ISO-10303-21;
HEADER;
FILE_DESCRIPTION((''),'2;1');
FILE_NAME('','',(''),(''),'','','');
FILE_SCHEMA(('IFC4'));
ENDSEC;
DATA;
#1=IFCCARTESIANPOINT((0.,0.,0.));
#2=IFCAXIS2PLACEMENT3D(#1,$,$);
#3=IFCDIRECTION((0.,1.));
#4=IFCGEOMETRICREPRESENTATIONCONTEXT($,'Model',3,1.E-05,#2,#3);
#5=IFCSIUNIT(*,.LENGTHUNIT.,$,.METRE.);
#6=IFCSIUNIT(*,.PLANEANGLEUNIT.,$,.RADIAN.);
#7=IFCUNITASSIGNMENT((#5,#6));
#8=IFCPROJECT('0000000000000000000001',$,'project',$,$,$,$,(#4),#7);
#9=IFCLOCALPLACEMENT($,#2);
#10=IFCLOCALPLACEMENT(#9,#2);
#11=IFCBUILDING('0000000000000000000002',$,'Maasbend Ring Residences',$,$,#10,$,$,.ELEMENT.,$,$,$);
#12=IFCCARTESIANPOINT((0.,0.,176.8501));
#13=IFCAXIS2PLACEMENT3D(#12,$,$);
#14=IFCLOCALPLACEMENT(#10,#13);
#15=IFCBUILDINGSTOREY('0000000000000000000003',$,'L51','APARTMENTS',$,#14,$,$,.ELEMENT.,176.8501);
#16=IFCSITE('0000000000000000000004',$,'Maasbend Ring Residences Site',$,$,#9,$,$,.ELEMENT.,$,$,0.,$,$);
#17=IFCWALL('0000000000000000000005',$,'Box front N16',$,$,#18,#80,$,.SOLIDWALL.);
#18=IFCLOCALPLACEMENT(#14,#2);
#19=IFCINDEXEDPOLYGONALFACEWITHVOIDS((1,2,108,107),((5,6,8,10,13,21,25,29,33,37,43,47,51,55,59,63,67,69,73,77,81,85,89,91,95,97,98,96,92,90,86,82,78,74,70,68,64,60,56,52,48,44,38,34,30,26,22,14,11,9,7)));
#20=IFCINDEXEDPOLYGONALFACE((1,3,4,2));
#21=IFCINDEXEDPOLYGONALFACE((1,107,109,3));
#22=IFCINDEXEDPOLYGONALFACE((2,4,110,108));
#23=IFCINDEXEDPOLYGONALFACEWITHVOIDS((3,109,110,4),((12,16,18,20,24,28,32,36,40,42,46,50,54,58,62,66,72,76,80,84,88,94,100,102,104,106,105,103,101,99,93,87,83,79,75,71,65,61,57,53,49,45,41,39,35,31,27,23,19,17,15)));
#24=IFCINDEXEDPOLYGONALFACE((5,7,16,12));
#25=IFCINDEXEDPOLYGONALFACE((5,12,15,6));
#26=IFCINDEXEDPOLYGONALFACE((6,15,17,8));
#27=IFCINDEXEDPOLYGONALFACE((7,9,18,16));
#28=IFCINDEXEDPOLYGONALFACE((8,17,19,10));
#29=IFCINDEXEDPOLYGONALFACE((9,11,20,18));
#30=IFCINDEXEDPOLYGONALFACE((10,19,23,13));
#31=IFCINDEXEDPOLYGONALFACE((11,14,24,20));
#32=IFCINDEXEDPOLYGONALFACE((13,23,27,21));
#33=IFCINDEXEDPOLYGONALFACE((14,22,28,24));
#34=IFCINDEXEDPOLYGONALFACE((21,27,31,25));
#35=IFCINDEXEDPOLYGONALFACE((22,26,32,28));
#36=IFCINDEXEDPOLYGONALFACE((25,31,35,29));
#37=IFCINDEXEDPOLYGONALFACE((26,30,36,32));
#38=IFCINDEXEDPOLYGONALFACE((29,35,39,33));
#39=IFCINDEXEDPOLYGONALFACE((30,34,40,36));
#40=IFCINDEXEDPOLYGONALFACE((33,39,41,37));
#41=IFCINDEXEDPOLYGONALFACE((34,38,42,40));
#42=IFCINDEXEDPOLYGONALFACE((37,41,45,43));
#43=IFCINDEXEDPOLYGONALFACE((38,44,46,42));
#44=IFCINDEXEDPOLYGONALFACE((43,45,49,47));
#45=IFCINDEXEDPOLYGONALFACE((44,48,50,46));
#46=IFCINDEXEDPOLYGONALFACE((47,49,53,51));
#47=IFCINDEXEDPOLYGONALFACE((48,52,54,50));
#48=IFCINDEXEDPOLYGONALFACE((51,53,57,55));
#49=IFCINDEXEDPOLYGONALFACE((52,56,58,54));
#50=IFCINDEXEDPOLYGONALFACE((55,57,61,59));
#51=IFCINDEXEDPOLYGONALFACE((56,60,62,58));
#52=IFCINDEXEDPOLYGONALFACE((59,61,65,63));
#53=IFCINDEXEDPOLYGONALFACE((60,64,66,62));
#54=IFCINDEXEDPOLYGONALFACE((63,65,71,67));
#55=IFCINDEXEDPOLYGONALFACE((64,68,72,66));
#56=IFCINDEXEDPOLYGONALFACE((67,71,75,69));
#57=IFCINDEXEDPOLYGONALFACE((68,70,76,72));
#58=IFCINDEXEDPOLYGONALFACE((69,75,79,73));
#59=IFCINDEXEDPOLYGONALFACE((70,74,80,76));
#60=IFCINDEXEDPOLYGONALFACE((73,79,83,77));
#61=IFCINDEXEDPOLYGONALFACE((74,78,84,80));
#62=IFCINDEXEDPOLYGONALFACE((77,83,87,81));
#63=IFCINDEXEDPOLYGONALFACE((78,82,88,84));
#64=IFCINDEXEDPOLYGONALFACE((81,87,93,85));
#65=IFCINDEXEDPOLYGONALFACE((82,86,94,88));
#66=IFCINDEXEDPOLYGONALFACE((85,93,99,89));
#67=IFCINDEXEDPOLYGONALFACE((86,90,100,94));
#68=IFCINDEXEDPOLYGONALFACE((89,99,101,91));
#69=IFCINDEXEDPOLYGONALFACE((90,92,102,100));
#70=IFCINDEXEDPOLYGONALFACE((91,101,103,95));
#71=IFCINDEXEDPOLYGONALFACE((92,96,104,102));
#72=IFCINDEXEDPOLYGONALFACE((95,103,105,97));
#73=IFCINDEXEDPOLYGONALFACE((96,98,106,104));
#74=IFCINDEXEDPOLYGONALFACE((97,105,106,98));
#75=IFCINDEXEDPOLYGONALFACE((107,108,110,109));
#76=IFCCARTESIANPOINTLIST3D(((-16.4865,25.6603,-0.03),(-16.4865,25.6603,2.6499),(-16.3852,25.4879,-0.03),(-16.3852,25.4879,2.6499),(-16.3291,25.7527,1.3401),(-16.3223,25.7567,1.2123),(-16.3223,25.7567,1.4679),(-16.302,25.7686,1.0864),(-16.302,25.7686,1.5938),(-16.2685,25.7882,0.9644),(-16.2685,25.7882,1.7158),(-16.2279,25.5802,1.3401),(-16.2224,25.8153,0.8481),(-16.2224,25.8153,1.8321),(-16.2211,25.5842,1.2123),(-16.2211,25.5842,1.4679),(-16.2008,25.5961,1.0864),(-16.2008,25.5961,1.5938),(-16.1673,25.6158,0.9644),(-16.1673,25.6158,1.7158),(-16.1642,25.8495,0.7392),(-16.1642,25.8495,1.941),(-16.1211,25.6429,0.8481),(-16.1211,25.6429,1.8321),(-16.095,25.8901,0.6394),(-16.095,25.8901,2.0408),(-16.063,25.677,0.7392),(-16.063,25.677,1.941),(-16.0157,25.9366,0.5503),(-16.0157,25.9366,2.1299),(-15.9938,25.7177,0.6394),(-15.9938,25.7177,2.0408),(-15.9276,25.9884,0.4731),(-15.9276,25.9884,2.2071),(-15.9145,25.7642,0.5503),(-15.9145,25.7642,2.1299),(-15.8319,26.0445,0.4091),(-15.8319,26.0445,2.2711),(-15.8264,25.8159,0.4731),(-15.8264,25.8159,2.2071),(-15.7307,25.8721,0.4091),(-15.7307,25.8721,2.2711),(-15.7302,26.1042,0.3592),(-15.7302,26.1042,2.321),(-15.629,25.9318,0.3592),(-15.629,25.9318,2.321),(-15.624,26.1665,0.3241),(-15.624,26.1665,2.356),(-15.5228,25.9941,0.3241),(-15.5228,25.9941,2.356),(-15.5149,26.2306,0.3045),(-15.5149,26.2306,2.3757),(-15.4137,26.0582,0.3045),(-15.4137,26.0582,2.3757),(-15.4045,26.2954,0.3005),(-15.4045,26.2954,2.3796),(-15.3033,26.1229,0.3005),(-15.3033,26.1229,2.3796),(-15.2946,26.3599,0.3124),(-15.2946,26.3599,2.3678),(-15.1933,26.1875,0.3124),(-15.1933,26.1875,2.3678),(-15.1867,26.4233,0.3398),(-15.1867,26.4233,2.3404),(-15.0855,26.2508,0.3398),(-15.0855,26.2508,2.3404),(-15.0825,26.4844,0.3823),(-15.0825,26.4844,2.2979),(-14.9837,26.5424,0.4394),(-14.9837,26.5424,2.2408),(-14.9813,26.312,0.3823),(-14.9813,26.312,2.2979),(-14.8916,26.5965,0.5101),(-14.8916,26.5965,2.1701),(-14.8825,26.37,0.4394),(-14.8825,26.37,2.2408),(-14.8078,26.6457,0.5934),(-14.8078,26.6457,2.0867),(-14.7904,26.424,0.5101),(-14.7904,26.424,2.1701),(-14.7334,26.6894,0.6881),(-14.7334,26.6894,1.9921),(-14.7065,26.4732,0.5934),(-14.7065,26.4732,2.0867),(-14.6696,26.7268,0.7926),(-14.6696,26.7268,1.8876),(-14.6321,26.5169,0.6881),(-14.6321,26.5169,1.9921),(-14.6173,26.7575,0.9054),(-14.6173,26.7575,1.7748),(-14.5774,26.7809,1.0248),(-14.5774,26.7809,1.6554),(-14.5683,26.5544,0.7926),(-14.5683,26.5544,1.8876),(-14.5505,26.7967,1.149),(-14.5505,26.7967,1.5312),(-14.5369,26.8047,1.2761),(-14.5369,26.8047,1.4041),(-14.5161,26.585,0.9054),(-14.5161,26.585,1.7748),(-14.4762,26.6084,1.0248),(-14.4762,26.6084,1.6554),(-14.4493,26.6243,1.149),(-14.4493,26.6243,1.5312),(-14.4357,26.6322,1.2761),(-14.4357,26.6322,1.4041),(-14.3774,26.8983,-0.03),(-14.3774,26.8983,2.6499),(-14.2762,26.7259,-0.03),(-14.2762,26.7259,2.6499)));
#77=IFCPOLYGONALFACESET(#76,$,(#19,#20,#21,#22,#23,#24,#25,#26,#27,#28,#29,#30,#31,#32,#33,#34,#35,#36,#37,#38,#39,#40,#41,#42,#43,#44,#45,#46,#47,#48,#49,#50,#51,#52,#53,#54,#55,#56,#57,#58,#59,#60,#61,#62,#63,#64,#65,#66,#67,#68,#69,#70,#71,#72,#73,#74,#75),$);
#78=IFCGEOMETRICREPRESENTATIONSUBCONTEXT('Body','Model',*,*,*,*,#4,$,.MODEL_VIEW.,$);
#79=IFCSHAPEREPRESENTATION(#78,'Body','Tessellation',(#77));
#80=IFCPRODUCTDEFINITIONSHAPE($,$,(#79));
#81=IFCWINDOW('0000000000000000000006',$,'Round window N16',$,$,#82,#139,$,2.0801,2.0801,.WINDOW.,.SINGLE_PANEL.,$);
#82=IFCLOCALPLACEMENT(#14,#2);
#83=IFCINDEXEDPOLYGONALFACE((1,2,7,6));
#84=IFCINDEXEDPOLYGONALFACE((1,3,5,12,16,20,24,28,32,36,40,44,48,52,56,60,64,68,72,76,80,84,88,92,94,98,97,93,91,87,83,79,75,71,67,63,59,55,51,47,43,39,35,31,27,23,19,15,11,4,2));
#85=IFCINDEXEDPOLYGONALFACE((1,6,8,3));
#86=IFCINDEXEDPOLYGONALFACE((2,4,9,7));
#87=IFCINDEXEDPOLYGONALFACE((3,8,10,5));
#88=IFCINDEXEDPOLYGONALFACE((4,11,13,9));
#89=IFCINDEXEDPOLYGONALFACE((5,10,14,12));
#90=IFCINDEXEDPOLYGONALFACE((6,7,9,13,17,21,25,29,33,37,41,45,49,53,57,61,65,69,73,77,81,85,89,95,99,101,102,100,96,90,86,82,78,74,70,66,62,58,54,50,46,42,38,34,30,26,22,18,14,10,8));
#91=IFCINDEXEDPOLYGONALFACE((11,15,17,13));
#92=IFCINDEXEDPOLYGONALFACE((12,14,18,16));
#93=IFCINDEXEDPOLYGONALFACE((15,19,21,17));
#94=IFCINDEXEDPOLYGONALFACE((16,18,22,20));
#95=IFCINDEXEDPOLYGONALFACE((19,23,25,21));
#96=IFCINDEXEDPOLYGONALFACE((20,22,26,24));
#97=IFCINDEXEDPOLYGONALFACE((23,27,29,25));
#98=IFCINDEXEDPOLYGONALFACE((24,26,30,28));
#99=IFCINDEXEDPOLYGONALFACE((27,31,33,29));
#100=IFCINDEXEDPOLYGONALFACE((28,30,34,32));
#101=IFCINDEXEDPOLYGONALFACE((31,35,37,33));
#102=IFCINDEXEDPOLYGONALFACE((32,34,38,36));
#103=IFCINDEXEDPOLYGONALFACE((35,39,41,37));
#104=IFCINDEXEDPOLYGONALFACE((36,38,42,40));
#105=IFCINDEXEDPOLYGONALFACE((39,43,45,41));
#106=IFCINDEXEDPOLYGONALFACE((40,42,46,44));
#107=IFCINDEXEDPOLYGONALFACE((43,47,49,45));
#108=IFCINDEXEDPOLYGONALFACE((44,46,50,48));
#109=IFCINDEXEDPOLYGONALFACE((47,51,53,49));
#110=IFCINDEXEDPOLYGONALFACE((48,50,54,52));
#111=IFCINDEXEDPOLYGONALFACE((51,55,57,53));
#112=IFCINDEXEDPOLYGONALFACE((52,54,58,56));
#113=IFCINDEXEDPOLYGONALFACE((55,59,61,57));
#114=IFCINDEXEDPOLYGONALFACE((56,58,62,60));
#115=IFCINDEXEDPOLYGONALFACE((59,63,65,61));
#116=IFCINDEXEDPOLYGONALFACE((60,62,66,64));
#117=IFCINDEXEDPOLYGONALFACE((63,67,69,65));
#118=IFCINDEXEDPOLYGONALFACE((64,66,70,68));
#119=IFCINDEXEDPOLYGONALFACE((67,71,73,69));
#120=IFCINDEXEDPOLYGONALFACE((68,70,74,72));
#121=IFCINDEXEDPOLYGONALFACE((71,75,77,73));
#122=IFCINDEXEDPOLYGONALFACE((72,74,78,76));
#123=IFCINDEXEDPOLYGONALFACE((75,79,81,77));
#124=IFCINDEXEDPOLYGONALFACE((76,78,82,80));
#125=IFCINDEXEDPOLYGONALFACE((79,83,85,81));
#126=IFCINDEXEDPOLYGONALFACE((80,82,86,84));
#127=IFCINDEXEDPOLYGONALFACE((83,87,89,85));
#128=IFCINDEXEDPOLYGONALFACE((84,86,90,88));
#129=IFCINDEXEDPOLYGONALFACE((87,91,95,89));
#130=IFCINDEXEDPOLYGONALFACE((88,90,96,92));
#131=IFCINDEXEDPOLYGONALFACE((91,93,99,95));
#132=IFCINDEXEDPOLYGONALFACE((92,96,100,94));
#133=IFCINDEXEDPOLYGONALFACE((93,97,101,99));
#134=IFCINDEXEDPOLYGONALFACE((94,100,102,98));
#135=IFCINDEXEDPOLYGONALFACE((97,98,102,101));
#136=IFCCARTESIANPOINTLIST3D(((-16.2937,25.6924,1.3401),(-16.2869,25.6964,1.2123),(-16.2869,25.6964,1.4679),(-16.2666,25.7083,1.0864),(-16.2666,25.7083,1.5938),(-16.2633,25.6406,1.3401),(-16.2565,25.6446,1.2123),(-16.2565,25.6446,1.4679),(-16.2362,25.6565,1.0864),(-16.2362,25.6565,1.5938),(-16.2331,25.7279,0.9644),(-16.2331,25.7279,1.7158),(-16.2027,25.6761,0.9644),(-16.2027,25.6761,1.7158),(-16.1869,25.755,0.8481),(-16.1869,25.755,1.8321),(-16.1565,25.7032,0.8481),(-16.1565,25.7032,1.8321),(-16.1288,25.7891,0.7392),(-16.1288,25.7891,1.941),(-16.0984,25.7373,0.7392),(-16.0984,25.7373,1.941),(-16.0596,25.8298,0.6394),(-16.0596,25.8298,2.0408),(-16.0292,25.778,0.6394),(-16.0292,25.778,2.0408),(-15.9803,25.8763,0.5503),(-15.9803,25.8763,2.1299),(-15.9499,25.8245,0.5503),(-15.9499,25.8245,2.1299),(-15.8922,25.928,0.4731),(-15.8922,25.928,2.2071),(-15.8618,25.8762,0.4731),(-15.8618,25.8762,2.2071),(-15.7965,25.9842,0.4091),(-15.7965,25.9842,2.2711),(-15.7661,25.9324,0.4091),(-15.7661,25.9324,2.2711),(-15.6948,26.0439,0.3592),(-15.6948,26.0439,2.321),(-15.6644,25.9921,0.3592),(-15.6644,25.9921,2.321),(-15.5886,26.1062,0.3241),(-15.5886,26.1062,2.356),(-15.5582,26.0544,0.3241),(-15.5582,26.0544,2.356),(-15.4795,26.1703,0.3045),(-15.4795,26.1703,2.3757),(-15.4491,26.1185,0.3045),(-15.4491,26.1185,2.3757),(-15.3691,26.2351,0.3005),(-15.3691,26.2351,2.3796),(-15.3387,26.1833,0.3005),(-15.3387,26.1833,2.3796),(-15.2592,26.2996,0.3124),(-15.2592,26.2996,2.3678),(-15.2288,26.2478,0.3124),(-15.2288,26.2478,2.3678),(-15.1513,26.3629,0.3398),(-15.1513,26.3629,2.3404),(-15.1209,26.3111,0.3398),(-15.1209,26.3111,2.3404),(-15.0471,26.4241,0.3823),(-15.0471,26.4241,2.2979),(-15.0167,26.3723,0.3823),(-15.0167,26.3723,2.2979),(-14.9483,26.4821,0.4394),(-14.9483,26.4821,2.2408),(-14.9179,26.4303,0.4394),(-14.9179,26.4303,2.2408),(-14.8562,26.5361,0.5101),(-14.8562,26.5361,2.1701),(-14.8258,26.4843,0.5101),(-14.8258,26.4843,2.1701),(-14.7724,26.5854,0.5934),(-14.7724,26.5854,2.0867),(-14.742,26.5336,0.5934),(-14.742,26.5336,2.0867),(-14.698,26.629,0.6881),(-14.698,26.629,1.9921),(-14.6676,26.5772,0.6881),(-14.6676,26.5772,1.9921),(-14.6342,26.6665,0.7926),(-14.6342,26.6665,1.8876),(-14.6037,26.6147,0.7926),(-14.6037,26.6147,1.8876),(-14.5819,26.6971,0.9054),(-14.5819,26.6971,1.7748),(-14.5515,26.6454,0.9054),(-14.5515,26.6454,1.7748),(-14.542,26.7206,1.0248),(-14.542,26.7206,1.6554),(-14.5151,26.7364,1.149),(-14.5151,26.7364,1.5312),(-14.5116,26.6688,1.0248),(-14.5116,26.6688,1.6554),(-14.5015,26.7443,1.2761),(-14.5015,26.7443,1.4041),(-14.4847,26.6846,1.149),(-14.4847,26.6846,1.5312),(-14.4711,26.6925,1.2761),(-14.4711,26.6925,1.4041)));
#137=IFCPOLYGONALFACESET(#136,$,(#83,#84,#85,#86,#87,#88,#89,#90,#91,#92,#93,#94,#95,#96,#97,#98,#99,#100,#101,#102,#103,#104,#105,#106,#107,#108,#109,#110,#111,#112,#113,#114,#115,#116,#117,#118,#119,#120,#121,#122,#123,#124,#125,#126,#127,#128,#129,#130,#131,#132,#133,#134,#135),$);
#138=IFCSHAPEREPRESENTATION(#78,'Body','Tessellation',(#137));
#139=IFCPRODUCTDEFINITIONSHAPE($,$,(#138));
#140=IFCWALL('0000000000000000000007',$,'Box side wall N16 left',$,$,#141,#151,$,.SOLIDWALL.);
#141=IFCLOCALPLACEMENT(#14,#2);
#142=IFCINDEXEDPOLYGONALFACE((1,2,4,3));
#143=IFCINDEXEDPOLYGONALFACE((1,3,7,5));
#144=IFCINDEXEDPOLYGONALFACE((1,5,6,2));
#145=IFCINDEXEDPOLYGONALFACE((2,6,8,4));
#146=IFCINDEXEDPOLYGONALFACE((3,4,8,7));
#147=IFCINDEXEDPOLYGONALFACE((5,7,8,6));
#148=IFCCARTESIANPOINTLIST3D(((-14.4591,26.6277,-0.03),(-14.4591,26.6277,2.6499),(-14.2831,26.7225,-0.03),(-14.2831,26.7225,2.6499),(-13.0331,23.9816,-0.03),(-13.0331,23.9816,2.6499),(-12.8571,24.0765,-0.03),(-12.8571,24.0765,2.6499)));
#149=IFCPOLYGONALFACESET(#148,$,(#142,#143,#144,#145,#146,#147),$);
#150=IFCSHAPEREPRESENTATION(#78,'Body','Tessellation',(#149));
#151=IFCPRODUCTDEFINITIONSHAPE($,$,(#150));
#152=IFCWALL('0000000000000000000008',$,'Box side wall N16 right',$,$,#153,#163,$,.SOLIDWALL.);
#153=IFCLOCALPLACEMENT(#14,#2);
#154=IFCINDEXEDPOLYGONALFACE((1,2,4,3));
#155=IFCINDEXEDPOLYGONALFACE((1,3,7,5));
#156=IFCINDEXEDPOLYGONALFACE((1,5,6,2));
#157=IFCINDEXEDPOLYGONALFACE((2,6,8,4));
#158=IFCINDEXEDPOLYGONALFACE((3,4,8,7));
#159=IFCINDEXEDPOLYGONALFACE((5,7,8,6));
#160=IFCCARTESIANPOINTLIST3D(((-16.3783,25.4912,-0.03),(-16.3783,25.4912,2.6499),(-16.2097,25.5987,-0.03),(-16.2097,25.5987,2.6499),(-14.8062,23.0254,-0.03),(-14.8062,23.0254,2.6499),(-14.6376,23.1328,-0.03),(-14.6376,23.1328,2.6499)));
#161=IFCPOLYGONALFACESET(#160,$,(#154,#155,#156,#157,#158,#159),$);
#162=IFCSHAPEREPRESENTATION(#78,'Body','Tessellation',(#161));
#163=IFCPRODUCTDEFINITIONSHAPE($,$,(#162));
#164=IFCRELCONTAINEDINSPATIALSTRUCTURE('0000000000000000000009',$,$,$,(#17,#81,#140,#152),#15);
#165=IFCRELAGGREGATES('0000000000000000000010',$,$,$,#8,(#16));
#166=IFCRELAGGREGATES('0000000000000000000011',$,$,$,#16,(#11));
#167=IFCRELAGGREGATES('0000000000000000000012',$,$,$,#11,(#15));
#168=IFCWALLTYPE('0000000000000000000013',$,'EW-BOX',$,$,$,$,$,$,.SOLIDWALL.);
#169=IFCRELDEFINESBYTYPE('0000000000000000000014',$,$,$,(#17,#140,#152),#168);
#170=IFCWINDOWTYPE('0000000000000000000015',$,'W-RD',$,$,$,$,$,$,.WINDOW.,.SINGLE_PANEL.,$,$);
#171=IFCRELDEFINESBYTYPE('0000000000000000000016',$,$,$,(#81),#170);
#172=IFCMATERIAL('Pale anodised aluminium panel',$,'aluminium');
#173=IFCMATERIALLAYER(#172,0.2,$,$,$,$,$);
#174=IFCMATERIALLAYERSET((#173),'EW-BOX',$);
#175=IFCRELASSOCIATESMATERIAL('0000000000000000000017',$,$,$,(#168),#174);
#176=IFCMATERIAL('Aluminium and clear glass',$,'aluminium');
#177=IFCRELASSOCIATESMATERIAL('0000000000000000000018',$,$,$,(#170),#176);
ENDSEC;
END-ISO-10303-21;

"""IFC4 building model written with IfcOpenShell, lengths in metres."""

from ifc_helpers import new_model, si_unit, direction, frame, frame_2d, origin, place, context, subcontext, project, spatial, rectangle, circle, extrude, material, layer, layer_set, type_object, element, fill, save


model = new_model("IFC4")

# Units and contexts
model_context = context("Model", 3, precision=1e-05, world=origin(), true_north=direction((0.0, 1.0)))
body_context = subcontext(model_context, "Body", "Model", "MODEL_VIEW")
ifc_project = project(units=[si_unit("LENGTHUNIT", "METRE"), si_unit("PLANEANGLEUNIT", "RADIAN")], contexts=[model_context])

# Site, building, storey
site_placement = place(None, origin())
site = spatial("IfcSite", under=ifc_project, at=site_placement, Name="Maasbend Ring Residences Site", CompositionType="ELEMENT", RefElevation=0.0)
building_placement = place(site_placement, origin())
building = spatial("IfcBuilding", under=site, at=building_placement, Name="Maasbend Ring Residences", CompositionType="ELEMENT")
storey_placement = place(building_placement, frame((0.0, 0.0, 176.8501)))
storey = spatial("IfcBuildingStorey", under=building, at=storey_placement, Name="L51", Description="APARTMENTS", CompositionType="ELEMENT", Elevation=176.8501)

# Wall, opening, window
ifc_material_1 = material(Name="Pale anodised aluminium panel", Category="aluminium")
ifc_layer_1 = layer(ifc_material_1, 0.2)
ifc_layer_set_1 = layer_set([ifc_layer_1], Name="EW-BOX")
wall_type_1 = type_object("IfcWallType", Name="EW-BOX", PredefinedType="SOLIDWALL", material=ifc_layer_set_1)
wall_1_placement = place(storey_placement, frame((-14.3269, 26.812, -0.03), z_axis=(0.0, 0.0, 1.0), x_axis=(-0.862403, -0.506222, 0.0)))
wall_1 = element("IfcWall", 1, at=wall_1_placement, inside=storey, type_object=wall_type_1, Name="Box front N16", PredefinedType="SOLIDWALL", context=body_context, shape_type="SweptSolid", body=[
    extrude(rectangle(XDim=2.4456, YDim=0.2, at=frame_2d((1.2227, 0.0))), origin(), (0.0, 0.0, 1.0), 2.6799),
])
opening_1_placement = place(wall_1_placement, frame((0.1829, 0.0, 0.3301)))
opening_1 = element("IfcOpeningElement", 2, at=opening_1_placement, cuts=wall_1, PredefinedType="OPENING", context=body_context, shape_type="SweptSolid", body=[
    extrude(circle(Radius=1.04, at=frame_2d((1.04, 1.04))), frame((0.0, 0.1099, 0.0), z_axis=(0.0, -1.0, 0.0), x_axis=(1.0, 0.0, 0.0)), (0.0, 0.0, 1.0), 0.22),
])
ifc_material_2 = material(Name="Aluminium and clear glass", Category="aluminium")
window_type_1 = type_object("IfcWindowType", Name="W-RD", PartitioningType="SINGLE_PANEL", PredefinedType="WINDOW", material=ifc_material_2)
window_1_placement = place(opening_1_placement, origin())
window_1 = element("IfcWindow", 3, at=window_1_placement, inside=storey, type_object=window_type_1, Name="Round window N16", OverallHeight=2.0801, OverallWidth=2.0801, PartitioningType="SINGLE_PANEL", PredefinedType="WINDOW", context=body_context, shape_type="SweptSolid", body=[
    extrude(circle(Radius=1.04, at=frame_2d((1.04, 1.04))), frame((0.0, 0.03, 0.0), z_axis=(0.0, -1.0, 0.0), x_axis=(1.0, 0.0, 0.0)), (0.0, 0.0, 1.0), 0.0601),
])
fill(opening_1, window_1)

# Walls
wall_2_placement = place(storey_placement, frame((-12.9451, 24.0291, -0.03), z_axis=(0.0, 0.0, 1.0), x_axis=(-0.474424, 0.880296, 0.0)))
element("IfcWall", 4, at=wall_2_placement, inside=storey, type_object=wall_type_1, Name="Box side wall N16 left", PredefinedType="SOLIDWALL", context=body_context, shape_type="SweptSolid", body=[
    extrude(rectangle(XDim=3.0059, YDim=0.2, at=frame_2d((1.5029, 0.0))), origin(), (0.0, 0.0, 1.0), 2.6799),
])
wall_3_placement = place(storey_placement, frame((-14.7219, 23.0791, -0.03), z_axis=(0.0, 0.0, 1.0), x_axis=(-0.537572, 0.843218, 0.0)))
element("IfcWall", 5, at=wall_3_placement, inside=storey, type_object=wall_type_1, Name="Box side wall N16 right", PredefinedType="SOLIDWALL", context=body_context, shape_type="SweptSolid", body=[
    extrude(rectangle(XDim=2.9243, YDim=0.2, at=frame_2d((1.4622, 0.0))), origin(), (0.0, 0.0, 1.0), 2.6799),
])

save(model, "model.ifc")
